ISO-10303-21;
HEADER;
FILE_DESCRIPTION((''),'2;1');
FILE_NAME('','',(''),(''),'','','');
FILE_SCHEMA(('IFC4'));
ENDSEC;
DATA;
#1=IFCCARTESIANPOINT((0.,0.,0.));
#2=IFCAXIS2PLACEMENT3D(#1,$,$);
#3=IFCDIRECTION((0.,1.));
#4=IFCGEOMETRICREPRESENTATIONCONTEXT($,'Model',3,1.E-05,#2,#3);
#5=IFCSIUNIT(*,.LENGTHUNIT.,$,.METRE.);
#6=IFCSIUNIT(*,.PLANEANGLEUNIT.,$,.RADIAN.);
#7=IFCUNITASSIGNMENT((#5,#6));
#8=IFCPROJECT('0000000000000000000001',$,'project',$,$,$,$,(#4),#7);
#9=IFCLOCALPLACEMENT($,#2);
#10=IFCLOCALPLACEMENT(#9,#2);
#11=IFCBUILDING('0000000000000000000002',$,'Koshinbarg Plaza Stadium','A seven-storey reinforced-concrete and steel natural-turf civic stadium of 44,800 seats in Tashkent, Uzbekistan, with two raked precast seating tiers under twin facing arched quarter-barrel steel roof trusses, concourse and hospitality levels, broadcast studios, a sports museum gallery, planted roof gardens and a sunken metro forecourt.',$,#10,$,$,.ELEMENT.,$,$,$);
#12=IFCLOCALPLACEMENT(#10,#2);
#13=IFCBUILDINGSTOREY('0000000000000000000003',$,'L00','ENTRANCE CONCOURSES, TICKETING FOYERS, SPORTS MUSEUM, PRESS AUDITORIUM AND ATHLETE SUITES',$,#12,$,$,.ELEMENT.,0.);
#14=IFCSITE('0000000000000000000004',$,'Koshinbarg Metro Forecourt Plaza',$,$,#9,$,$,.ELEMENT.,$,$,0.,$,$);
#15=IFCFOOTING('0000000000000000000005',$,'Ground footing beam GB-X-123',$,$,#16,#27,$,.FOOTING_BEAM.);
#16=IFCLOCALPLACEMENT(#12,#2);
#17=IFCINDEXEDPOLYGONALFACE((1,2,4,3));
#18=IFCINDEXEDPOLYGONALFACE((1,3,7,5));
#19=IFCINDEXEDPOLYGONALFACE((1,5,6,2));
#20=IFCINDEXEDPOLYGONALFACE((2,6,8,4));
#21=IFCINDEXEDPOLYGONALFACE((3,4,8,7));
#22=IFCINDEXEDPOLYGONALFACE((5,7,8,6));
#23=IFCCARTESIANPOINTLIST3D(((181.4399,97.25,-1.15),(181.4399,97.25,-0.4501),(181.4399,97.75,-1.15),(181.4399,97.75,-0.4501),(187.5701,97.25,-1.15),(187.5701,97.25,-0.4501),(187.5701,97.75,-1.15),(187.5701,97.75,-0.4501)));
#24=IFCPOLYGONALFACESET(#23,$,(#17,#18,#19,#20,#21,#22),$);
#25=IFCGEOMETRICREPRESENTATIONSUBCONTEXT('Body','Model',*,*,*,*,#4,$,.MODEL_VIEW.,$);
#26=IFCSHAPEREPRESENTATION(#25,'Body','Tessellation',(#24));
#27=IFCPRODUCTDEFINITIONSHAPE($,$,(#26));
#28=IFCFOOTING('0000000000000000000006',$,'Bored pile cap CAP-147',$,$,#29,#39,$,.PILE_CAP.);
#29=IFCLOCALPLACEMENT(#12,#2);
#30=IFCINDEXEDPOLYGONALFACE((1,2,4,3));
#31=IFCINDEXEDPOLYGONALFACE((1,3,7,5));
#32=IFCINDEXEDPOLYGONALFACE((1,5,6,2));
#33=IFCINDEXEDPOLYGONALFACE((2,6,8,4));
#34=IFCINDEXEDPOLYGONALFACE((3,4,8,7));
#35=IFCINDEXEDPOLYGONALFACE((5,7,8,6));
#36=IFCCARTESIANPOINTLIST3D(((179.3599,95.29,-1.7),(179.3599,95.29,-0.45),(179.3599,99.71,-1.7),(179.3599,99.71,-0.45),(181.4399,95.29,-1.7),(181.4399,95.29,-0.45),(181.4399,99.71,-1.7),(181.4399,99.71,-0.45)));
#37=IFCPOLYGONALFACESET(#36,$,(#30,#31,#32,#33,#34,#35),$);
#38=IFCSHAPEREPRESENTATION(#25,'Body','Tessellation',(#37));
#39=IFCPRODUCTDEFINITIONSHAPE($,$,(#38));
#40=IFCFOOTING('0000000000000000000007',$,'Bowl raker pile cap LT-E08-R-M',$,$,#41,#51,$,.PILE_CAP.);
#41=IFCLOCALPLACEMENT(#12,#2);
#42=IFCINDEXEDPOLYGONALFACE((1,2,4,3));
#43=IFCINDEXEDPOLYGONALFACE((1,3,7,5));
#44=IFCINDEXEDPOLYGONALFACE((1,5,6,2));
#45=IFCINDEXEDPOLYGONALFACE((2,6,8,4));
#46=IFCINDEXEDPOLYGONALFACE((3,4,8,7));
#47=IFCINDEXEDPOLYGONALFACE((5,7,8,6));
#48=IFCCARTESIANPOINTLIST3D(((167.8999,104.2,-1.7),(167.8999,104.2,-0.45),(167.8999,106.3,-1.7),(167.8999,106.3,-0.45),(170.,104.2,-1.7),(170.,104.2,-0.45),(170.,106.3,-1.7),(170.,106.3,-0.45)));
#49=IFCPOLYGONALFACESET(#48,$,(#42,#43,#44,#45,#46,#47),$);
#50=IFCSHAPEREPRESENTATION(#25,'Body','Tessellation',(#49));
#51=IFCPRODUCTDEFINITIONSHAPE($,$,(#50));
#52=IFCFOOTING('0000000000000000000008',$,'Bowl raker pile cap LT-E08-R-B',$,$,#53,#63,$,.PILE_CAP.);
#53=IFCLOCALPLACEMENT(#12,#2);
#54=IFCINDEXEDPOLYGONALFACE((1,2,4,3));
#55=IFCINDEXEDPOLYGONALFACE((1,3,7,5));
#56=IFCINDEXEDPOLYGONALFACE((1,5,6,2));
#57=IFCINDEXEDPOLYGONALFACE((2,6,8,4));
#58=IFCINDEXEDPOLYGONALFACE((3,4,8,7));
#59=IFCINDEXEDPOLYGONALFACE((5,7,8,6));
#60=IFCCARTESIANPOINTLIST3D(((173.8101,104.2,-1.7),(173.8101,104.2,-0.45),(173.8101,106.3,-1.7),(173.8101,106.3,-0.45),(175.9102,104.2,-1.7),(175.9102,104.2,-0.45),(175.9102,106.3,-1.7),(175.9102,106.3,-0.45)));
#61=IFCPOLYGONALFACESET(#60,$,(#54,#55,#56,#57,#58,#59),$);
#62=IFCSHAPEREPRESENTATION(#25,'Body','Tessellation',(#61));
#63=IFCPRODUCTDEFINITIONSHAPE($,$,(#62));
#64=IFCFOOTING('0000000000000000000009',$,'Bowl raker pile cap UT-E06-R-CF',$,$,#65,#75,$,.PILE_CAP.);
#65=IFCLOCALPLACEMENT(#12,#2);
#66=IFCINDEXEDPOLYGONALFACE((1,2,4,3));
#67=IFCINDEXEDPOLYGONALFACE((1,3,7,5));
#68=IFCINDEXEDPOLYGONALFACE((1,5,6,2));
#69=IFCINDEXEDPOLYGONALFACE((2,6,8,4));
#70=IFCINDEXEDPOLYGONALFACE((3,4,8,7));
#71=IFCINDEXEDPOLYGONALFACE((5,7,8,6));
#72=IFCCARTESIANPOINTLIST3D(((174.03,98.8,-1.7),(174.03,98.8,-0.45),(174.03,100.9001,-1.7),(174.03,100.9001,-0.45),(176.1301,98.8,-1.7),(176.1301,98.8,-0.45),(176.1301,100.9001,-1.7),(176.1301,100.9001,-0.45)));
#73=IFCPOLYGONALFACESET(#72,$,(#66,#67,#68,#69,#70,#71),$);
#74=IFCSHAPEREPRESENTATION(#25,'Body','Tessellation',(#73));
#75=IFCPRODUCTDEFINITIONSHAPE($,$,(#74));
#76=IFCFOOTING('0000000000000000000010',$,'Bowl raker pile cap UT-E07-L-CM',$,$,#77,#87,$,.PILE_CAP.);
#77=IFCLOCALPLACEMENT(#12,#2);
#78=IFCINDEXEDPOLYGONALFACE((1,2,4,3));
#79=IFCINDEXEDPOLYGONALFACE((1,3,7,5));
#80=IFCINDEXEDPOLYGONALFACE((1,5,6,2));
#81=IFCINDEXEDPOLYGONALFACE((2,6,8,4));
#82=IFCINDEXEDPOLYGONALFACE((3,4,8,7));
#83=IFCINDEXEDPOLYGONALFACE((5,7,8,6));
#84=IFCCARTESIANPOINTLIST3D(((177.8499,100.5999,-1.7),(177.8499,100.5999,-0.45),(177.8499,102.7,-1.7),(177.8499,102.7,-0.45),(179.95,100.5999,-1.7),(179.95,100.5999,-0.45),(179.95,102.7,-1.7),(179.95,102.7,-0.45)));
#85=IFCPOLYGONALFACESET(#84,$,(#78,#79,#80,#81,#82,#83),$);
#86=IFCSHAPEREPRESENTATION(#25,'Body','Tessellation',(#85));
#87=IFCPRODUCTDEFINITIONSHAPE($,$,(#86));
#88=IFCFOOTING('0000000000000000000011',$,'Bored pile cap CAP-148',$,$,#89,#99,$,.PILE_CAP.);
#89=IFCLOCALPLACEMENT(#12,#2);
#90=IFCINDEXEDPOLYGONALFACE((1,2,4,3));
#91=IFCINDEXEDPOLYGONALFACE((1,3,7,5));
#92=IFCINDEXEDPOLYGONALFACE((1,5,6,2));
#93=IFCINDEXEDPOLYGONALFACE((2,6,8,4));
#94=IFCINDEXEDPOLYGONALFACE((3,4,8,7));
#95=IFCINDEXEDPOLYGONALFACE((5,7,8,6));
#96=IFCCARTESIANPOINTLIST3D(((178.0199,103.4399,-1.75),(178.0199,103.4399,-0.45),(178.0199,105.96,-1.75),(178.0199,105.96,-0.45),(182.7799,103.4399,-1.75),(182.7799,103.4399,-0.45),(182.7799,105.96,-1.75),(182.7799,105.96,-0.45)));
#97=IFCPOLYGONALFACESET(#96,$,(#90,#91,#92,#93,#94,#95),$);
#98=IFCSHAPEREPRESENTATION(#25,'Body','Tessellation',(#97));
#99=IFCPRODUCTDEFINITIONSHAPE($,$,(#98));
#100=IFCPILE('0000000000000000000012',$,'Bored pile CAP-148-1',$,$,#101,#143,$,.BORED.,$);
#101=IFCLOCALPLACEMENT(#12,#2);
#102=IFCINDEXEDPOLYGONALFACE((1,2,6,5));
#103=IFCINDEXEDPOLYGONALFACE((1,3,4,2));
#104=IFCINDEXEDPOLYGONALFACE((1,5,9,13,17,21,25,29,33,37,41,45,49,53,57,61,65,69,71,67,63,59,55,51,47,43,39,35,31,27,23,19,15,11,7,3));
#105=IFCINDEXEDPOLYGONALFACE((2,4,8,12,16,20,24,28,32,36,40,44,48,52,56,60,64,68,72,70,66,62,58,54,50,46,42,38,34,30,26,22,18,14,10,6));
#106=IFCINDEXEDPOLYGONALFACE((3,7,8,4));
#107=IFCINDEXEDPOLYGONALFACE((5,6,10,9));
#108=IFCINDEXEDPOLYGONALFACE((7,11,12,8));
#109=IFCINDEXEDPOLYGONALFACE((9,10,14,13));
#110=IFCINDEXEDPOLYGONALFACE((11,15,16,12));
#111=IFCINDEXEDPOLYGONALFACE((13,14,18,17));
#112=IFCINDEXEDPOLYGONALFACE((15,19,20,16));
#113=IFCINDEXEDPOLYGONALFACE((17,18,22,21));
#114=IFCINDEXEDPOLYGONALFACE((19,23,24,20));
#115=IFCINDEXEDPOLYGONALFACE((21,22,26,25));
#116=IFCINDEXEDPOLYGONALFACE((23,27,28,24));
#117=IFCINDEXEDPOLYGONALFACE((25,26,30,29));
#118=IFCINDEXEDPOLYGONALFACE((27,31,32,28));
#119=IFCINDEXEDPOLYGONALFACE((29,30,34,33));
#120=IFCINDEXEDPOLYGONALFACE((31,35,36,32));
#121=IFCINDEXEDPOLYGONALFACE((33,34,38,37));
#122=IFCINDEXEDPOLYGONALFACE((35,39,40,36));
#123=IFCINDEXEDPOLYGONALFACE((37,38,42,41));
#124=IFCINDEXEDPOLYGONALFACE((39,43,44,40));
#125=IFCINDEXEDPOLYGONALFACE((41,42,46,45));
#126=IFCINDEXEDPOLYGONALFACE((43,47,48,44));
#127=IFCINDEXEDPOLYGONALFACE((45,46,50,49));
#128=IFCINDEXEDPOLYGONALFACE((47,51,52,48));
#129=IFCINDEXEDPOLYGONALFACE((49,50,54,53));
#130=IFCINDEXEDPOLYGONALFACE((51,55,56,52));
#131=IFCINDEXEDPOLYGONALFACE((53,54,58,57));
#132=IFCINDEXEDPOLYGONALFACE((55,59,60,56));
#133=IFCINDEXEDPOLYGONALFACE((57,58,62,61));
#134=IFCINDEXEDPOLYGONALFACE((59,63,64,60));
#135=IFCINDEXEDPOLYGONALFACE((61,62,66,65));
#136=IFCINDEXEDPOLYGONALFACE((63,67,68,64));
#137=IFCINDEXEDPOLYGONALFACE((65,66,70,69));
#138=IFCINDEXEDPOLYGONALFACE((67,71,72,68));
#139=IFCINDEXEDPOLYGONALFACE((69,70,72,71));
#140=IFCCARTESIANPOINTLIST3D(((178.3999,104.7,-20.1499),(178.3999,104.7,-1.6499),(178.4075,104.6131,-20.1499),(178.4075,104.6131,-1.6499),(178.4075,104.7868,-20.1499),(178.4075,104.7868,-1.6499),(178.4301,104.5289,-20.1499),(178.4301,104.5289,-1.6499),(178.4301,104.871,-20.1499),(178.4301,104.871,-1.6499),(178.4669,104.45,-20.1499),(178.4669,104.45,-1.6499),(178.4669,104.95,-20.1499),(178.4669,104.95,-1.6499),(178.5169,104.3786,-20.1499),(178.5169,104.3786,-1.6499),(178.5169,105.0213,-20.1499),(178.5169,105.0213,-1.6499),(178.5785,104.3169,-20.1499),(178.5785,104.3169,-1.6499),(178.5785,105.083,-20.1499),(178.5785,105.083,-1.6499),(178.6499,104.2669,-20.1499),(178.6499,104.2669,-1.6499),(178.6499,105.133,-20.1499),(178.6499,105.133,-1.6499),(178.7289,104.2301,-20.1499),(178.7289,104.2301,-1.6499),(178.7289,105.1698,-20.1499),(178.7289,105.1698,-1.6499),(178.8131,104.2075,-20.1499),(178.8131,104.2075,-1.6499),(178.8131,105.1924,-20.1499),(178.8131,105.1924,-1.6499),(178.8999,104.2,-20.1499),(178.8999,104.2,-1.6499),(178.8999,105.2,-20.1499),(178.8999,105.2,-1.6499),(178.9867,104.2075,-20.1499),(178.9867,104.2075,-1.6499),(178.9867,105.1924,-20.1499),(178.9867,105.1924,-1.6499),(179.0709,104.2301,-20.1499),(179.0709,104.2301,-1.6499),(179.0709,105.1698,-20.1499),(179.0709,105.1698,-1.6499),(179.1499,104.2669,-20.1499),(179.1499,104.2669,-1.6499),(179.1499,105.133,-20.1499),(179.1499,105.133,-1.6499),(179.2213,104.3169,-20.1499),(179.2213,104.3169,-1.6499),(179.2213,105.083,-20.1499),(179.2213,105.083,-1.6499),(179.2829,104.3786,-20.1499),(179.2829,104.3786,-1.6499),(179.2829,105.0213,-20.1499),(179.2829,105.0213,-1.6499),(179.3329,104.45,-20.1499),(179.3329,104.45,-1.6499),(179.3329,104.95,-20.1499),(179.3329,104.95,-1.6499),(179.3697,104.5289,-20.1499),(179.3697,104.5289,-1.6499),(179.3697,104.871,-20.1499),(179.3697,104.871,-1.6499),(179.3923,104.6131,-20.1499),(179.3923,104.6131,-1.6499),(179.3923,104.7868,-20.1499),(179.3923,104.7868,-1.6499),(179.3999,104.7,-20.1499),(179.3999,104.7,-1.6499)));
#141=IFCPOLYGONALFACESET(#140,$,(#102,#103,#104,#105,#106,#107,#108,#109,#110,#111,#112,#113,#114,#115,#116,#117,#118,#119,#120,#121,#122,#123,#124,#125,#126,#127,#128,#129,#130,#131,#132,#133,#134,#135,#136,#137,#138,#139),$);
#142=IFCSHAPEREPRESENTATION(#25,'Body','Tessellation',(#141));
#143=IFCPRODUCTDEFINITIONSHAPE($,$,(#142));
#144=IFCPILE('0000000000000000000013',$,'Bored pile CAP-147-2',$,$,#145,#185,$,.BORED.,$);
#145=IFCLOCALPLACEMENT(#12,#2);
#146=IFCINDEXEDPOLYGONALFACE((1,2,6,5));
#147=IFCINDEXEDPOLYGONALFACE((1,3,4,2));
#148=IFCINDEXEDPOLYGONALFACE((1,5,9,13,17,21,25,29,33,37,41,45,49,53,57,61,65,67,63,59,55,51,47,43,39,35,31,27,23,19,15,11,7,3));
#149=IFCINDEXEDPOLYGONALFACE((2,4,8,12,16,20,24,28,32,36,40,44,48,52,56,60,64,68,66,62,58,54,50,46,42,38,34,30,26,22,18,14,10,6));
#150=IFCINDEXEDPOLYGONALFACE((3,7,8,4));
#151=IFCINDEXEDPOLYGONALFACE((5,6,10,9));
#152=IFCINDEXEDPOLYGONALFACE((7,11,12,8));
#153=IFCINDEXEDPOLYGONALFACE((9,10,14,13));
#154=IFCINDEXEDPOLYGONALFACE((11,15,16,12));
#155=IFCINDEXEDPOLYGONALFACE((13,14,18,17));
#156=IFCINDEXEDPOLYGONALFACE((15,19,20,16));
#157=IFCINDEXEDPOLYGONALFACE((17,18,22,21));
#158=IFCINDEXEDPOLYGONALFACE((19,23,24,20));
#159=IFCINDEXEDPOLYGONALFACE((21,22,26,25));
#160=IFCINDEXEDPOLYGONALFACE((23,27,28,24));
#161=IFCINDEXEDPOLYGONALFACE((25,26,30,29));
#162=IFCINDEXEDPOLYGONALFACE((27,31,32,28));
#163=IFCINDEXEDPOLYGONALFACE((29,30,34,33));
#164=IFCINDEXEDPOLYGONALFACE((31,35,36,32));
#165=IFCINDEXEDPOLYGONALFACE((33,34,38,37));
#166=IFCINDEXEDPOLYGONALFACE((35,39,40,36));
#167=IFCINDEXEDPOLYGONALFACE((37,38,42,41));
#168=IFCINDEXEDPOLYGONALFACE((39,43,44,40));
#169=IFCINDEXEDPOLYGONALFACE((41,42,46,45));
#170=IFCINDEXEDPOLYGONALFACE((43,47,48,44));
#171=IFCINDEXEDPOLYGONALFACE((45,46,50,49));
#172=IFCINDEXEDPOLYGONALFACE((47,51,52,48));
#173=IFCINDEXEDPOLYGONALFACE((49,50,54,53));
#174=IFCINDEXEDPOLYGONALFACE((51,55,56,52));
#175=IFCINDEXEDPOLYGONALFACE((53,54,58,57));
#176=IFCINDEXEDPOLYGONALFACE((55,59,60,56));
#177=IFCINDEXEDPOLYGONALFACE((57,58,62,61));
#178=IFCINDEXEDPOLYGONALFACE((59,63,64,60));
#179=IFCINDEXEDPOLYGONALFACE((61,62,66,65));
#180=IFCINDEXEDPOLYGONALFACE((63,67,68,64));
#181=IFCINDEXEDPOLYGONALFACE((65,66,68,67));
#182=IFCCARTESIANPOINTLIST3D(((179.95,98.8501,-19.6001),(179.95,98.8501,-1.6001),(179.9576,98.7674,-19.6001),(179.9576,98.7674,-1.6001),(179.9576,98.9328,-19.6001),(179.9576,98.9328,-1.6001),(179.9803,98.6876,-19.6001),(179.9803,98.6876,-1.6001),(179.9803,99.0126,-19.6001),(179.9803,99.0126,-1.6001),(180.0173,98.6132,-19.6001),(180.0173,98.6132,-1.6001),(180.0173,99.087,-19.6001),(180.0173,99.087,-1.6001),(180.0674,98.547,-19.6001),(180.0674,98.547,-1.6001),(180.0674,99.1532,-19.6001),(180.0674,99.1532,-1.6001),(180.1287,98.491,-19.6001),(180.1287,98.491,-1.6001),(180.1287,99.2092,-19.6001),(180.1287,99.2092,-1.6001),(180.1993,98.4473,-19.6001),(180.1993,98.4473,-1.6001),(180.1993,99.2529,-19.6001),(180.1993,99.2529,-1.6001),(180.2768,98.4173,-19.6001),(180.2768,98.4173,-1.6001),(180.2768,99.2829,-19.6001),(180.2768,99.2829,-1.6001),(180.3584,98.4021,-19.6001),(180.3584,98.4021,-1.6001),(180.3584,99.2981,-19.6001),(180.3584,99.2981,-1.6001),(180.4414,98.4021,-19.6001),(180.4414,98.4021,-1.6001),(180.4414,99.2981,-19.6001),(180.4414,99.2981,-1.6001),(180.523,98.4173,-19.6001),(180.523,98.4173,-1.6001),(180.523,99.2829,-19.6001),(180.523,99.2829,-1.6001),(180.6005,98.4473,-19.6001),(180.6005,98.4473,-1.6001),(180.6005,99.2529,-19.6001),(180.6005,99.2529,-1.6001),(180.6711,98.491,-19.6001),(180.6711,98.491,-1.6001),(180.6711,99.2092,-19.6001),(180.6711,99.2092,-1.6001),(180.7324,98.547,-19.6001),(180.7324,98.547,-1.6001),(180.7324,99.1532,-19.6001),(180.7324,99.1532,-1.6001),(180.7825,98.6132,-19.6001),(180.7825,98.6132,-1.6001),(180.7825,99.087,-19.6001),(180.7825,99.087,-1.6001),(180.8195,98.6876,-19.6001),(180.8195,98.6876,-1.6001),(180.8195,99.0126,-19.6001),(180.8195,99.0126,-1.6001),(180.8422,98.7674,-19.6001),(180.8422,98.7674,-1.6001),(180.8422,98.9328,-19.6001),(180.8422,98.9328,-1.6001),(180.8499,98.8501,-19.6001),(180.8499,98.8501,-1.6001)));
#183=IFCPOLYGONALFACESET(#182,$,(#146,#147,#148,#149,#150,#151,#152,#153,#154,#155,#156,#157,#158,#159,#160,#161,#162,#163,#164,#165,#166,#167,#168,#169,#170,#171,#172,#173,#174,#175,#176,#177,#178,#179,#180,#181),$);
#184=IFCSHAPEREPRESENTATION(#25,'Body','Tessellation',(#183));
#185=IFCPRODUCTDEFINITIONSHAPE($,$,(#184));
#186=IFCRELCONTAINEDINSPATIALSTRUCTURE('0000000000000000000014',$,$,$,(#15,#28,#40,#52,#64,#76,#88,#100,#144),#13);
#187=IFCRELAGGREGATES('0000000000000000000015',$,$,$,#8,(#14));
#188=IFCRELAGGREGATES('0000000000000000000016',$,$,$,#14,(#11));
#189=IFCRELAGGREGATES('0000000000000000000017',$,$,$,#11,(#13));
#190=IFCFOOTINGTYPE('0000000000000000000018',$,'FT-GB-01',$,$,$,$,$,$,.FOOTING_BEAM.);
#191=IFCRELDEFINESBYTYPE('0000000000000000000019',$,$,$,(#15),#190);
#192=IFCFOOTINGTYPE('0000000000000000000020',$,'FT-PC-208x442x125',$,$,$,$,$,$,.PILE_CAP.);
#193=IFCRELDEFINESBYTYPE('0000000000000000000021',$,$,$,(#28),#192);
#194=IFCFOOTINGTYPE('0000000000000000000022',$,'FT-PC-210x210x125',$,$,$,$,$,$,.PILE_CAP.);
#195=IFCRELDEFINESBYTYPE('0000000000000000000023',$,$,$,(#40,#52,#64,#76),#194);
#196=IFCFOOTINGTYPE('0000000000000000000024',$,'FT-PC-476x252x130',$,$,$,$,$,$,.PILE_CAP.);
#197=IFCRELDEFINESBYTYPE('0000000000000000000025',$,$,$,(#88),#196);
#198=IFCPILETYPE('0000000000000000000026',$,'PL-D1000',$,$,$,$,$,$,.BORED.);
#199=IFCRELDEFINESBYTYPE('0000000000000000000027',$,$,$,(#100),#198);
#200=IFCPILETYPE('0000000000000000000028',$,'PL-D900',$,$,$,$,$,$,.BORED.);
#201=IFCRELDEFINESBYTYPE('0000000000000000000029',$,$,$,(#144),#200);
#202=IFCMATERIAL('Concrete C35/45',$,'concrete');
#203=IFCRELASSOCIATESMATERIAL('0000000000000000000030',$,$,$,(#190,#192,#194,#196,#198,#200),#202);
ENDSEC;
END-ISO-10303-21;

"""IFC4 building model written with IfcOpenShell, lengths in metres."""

from ifc_helpers import new_model, si_unit, direction, frame, origin, origin_2d, place, context, subcontext, project, spatial, rectangle, circle, extrude, material, material_profile, profile_set, type_object, element, save


model = new_model("IFC4")

# Units and contexts
model_context = context("Model", 3, precision=1e-05, world=origin(), true_north=direction((0.0, 1.0)))
body_context = subcontext(model_context, "Body", "Model", "MODEL_VIEW")
ifc_project = project(units=[si_unit("LENGTHUNIT", "METRE"), si_unit("PLANEANGLEUNIT", "RADIAN")], contexts=[model_context])

# Site, building, storey
site_placement = place(None, origin())
site = spatial("IfcSite", under=ifc_project, at=site_placement, Name="Koshinbarg Metro Forecourt Plaza", CompositionType="ELEMENT", RefElevation=0.0)
building_placement = place(site_placement, origin())
building = spatial("IfcBuilding", under=site, at=building_placement, Name="Koshinbarg Plaza Stadium", Description="A seven-storey reinforced-concrete and steel natural-turf civic stadium of 44,800 seats in Tashkent, Uzbekistan, with two raked precast seating tiers under twin facing arched quarter-barrel steel roof trusses, concourse and hospitality levels, broadcast studios, a sports museum gallery, planted roof gardens and a sunken metro forecourt.", CompositionType="ELEMENT")
storey_placement = place(building_placement, origin())
storey = spatial("IfcBuildingStorey", under=building, at=storey_placement, Name="L00", Description="ENTRANCE CONCOURSES, TICKETING FOYERS, SPORTS MUSEUM, PRESS AUDITORIUM AND ATHLETE SUITES", CompositionType="ELEMENT", Elevation=0.0)

# Footings
ifc_material_1 = material(Name="Concrete C35/45", Category="concrete")
ifc_material_profile_1 = material_profile(ifc_material_1, rectangle(XDim=0.5, YDim=0.7, at=origin_2d()), Name="GB 500x700")
ifc_profile_set_1 = profile_set([ifc_material_profile_1], Name="Concrete C35/45")
footing_type_1 = type_object("IfcFootingType", Name="FT-GB-01", PredefinedType="FOOTING_BEAM", material=ifc_profile_set_1)
footing_1_placement = place(storey_placement, frame((181.4399, 97.5, -0.8), z_axis=(1.0, 0.0, 0.0), x_axis=(0.0, 1.0, 0.0)))
element("IfcFooting", 1, at=footing_1_placement, inside=storey, type_object=footing_type_1, Name="Ground footing beam GB-X-123", PredefinedType="FOOTING_BEAM", context=body_context, shape_type="SweptSolid", body=[
    extrude(rectangle(XDim=0.5, YDim=0.7, at=origin_2d()), origin(), (0.0, 0.0, 1.0), 6.1301),
])
footing_type_2 = type_object("IfcFootingType", Name="FT-PC-208x442x125", PredefinedType="PILE_CAP", material=ifc_material_1)
footing_2_placement = place(storey_placement, frame((180.3999, 97.5, -1.7), z_axis=(0.0, 0.0, 1.0), x_axis=(1.0, 0.0, 0.0)))
element("IfcFooting", 2, at=footing_2_placement, inside=storey, type_object=footing_type_2, Name="Bored pile cap CAP-147", PredefinedType="PILE_CAP", context=body_context, shape_type="SweptSolid", body=[
    extrude(rectangle(XDim=2.0801, YDim=4.4199, at=origin_2d()), origin(), (0.0, 0.0, 1.0), 1.25),
])
footing_type_3 = type_object("IfcFootingType", Name="FT-PC-210x210x125", PredefinedType="PILE_CAP", material=ifc_material_1)
for number, where, z_axis, x_axis, name in (
    (3, (168.95, 105.25, -1.7), (0.0, 0.0, 1.0), (1.0, 0.0, 0.0), "Bowl raker pile cap LT-E08-R-M"),
    (4, (174.8601, 105.25, -1.7), (0.0, 0.0, 1.0), (1.0, 0.0, 0.0), "Bowl raker pile cap LT-E08-R-B"),
    (5, (175.0801, 99.8501, -1.7), (0.0, 0.0, 1.0), (1.0, 0.0, 0.0), "Bowl raker pile cap UT-E06-R-CF"),
    (6, (178.8999, 101.6499, -1.7), (0.0, 0.0, 1.0), (1.0, 0.0, 0.0), "Bowl raker pile cap UT-E07-L-CM"),
):
    element("IfcFooting", number, at=place(storey_placement, frame(where, z_axis=z_axis, x_axis=x_axis)), inside=storey, type_object=footing_type_3, Name=name, PredefinedType="PILE_CAP", context=body_context, shape_type="SweptSolid", body=[
        extrude(rectangle(XDim=2.1001, YDim=2.1001, at=origin_2d()), origin(), (0.0, 0.0, 1.0), 1.25),
    ])
footing_type_4 = type_object("IfcFootingType", Name="FT-PC-476x252x130", PredefinedType="PILE_CAP", material=ifc_material_1)
footing_3_placement = place(storey_placement, frame((180.3999, 104.7, -1.75), z_axis=(0.0, 0.0, 1.0), x_axis=(1.0, 0.0, 0.0)))
element("IfcFooting", 7, at=footing_3_placement, inside=storey, type_object=footing_type_4, Name="Bored pile cap CAP-148", PredefinedType="PILE_CAP", context=body_context, shape_type="SweptSolid", body=[
    extrude(rectangle(XDim=4.76, YDim=2.52, at=origin_2d()), origin(), (0.0, 0.0, 1.0), 1.3),
])

# Piles
ifc_material_profile_2 = material_profile(ifc_material_1, circle(Radius=0.5, at=origin_2d()), Name="PILE D1000")
ifc_profile_set_2 = profile_set([ifc_material_profile_2], Name="Concrete C35/45")
pile_type_1 = type_object("IfcPileType", Name="PL-D1000", PredefinedType="BORED", material=ifc_profile_set_2)
pile_placement = place(storey_placement, frame((178.8999, 104.7, -1.6499), z_axis=(0.0, 0.0, -1.0), x_axis=(1.0, 0.0, 0.0)))
element("IfcPile", 8, at=pile_placement, inside=storey, type_object=pile_type_1, Name="Bored pile CAP-148-1", PredefinedType="BORED", context=body_context, shape_type="SweptSolid", body=[
    extrude(circle(Radius=0.5, at=origin_2d()), origin(), (0.0, 0.0, 1.0), 18.5),
])
ifc_material_profile_3 = material_profile(ifc_material_1, circle(Radius=0.45, at=origin_2d()), Name="PILE D900")
ifc_profile_set_3 = profile_set([ifc_material_profile_3], Name="Concrete C35/45")
pile_type_2 = type_object("IfcPileType", Name="PL-D900", PredefinedType="BORED", material=ifc_profile_set_3)
for number, where, z_axis, x_axis, name in (
    (9, (180.3999, 98.8501, -1.6001), (0.0, 0.0, -1.0), (1.0, 0.0, 0.0), "Bored pile CAP-147-2"),
):
    element("IfcPile", number, at=place(storey_placement, frame(where, z_axis=z_axis, x_axis=x_axis)), inside=storey, type_object=pile_type_2, Name=name, PredefinedType="BORED", context=body_context, shape_type="SweptSolid", body=[
        extrude(circle(Radius=0.45, at=origin_2d()), origin(), (0.0, 0.0, 1.0), 18.0),
    ])

save(model, "model.ifc")
